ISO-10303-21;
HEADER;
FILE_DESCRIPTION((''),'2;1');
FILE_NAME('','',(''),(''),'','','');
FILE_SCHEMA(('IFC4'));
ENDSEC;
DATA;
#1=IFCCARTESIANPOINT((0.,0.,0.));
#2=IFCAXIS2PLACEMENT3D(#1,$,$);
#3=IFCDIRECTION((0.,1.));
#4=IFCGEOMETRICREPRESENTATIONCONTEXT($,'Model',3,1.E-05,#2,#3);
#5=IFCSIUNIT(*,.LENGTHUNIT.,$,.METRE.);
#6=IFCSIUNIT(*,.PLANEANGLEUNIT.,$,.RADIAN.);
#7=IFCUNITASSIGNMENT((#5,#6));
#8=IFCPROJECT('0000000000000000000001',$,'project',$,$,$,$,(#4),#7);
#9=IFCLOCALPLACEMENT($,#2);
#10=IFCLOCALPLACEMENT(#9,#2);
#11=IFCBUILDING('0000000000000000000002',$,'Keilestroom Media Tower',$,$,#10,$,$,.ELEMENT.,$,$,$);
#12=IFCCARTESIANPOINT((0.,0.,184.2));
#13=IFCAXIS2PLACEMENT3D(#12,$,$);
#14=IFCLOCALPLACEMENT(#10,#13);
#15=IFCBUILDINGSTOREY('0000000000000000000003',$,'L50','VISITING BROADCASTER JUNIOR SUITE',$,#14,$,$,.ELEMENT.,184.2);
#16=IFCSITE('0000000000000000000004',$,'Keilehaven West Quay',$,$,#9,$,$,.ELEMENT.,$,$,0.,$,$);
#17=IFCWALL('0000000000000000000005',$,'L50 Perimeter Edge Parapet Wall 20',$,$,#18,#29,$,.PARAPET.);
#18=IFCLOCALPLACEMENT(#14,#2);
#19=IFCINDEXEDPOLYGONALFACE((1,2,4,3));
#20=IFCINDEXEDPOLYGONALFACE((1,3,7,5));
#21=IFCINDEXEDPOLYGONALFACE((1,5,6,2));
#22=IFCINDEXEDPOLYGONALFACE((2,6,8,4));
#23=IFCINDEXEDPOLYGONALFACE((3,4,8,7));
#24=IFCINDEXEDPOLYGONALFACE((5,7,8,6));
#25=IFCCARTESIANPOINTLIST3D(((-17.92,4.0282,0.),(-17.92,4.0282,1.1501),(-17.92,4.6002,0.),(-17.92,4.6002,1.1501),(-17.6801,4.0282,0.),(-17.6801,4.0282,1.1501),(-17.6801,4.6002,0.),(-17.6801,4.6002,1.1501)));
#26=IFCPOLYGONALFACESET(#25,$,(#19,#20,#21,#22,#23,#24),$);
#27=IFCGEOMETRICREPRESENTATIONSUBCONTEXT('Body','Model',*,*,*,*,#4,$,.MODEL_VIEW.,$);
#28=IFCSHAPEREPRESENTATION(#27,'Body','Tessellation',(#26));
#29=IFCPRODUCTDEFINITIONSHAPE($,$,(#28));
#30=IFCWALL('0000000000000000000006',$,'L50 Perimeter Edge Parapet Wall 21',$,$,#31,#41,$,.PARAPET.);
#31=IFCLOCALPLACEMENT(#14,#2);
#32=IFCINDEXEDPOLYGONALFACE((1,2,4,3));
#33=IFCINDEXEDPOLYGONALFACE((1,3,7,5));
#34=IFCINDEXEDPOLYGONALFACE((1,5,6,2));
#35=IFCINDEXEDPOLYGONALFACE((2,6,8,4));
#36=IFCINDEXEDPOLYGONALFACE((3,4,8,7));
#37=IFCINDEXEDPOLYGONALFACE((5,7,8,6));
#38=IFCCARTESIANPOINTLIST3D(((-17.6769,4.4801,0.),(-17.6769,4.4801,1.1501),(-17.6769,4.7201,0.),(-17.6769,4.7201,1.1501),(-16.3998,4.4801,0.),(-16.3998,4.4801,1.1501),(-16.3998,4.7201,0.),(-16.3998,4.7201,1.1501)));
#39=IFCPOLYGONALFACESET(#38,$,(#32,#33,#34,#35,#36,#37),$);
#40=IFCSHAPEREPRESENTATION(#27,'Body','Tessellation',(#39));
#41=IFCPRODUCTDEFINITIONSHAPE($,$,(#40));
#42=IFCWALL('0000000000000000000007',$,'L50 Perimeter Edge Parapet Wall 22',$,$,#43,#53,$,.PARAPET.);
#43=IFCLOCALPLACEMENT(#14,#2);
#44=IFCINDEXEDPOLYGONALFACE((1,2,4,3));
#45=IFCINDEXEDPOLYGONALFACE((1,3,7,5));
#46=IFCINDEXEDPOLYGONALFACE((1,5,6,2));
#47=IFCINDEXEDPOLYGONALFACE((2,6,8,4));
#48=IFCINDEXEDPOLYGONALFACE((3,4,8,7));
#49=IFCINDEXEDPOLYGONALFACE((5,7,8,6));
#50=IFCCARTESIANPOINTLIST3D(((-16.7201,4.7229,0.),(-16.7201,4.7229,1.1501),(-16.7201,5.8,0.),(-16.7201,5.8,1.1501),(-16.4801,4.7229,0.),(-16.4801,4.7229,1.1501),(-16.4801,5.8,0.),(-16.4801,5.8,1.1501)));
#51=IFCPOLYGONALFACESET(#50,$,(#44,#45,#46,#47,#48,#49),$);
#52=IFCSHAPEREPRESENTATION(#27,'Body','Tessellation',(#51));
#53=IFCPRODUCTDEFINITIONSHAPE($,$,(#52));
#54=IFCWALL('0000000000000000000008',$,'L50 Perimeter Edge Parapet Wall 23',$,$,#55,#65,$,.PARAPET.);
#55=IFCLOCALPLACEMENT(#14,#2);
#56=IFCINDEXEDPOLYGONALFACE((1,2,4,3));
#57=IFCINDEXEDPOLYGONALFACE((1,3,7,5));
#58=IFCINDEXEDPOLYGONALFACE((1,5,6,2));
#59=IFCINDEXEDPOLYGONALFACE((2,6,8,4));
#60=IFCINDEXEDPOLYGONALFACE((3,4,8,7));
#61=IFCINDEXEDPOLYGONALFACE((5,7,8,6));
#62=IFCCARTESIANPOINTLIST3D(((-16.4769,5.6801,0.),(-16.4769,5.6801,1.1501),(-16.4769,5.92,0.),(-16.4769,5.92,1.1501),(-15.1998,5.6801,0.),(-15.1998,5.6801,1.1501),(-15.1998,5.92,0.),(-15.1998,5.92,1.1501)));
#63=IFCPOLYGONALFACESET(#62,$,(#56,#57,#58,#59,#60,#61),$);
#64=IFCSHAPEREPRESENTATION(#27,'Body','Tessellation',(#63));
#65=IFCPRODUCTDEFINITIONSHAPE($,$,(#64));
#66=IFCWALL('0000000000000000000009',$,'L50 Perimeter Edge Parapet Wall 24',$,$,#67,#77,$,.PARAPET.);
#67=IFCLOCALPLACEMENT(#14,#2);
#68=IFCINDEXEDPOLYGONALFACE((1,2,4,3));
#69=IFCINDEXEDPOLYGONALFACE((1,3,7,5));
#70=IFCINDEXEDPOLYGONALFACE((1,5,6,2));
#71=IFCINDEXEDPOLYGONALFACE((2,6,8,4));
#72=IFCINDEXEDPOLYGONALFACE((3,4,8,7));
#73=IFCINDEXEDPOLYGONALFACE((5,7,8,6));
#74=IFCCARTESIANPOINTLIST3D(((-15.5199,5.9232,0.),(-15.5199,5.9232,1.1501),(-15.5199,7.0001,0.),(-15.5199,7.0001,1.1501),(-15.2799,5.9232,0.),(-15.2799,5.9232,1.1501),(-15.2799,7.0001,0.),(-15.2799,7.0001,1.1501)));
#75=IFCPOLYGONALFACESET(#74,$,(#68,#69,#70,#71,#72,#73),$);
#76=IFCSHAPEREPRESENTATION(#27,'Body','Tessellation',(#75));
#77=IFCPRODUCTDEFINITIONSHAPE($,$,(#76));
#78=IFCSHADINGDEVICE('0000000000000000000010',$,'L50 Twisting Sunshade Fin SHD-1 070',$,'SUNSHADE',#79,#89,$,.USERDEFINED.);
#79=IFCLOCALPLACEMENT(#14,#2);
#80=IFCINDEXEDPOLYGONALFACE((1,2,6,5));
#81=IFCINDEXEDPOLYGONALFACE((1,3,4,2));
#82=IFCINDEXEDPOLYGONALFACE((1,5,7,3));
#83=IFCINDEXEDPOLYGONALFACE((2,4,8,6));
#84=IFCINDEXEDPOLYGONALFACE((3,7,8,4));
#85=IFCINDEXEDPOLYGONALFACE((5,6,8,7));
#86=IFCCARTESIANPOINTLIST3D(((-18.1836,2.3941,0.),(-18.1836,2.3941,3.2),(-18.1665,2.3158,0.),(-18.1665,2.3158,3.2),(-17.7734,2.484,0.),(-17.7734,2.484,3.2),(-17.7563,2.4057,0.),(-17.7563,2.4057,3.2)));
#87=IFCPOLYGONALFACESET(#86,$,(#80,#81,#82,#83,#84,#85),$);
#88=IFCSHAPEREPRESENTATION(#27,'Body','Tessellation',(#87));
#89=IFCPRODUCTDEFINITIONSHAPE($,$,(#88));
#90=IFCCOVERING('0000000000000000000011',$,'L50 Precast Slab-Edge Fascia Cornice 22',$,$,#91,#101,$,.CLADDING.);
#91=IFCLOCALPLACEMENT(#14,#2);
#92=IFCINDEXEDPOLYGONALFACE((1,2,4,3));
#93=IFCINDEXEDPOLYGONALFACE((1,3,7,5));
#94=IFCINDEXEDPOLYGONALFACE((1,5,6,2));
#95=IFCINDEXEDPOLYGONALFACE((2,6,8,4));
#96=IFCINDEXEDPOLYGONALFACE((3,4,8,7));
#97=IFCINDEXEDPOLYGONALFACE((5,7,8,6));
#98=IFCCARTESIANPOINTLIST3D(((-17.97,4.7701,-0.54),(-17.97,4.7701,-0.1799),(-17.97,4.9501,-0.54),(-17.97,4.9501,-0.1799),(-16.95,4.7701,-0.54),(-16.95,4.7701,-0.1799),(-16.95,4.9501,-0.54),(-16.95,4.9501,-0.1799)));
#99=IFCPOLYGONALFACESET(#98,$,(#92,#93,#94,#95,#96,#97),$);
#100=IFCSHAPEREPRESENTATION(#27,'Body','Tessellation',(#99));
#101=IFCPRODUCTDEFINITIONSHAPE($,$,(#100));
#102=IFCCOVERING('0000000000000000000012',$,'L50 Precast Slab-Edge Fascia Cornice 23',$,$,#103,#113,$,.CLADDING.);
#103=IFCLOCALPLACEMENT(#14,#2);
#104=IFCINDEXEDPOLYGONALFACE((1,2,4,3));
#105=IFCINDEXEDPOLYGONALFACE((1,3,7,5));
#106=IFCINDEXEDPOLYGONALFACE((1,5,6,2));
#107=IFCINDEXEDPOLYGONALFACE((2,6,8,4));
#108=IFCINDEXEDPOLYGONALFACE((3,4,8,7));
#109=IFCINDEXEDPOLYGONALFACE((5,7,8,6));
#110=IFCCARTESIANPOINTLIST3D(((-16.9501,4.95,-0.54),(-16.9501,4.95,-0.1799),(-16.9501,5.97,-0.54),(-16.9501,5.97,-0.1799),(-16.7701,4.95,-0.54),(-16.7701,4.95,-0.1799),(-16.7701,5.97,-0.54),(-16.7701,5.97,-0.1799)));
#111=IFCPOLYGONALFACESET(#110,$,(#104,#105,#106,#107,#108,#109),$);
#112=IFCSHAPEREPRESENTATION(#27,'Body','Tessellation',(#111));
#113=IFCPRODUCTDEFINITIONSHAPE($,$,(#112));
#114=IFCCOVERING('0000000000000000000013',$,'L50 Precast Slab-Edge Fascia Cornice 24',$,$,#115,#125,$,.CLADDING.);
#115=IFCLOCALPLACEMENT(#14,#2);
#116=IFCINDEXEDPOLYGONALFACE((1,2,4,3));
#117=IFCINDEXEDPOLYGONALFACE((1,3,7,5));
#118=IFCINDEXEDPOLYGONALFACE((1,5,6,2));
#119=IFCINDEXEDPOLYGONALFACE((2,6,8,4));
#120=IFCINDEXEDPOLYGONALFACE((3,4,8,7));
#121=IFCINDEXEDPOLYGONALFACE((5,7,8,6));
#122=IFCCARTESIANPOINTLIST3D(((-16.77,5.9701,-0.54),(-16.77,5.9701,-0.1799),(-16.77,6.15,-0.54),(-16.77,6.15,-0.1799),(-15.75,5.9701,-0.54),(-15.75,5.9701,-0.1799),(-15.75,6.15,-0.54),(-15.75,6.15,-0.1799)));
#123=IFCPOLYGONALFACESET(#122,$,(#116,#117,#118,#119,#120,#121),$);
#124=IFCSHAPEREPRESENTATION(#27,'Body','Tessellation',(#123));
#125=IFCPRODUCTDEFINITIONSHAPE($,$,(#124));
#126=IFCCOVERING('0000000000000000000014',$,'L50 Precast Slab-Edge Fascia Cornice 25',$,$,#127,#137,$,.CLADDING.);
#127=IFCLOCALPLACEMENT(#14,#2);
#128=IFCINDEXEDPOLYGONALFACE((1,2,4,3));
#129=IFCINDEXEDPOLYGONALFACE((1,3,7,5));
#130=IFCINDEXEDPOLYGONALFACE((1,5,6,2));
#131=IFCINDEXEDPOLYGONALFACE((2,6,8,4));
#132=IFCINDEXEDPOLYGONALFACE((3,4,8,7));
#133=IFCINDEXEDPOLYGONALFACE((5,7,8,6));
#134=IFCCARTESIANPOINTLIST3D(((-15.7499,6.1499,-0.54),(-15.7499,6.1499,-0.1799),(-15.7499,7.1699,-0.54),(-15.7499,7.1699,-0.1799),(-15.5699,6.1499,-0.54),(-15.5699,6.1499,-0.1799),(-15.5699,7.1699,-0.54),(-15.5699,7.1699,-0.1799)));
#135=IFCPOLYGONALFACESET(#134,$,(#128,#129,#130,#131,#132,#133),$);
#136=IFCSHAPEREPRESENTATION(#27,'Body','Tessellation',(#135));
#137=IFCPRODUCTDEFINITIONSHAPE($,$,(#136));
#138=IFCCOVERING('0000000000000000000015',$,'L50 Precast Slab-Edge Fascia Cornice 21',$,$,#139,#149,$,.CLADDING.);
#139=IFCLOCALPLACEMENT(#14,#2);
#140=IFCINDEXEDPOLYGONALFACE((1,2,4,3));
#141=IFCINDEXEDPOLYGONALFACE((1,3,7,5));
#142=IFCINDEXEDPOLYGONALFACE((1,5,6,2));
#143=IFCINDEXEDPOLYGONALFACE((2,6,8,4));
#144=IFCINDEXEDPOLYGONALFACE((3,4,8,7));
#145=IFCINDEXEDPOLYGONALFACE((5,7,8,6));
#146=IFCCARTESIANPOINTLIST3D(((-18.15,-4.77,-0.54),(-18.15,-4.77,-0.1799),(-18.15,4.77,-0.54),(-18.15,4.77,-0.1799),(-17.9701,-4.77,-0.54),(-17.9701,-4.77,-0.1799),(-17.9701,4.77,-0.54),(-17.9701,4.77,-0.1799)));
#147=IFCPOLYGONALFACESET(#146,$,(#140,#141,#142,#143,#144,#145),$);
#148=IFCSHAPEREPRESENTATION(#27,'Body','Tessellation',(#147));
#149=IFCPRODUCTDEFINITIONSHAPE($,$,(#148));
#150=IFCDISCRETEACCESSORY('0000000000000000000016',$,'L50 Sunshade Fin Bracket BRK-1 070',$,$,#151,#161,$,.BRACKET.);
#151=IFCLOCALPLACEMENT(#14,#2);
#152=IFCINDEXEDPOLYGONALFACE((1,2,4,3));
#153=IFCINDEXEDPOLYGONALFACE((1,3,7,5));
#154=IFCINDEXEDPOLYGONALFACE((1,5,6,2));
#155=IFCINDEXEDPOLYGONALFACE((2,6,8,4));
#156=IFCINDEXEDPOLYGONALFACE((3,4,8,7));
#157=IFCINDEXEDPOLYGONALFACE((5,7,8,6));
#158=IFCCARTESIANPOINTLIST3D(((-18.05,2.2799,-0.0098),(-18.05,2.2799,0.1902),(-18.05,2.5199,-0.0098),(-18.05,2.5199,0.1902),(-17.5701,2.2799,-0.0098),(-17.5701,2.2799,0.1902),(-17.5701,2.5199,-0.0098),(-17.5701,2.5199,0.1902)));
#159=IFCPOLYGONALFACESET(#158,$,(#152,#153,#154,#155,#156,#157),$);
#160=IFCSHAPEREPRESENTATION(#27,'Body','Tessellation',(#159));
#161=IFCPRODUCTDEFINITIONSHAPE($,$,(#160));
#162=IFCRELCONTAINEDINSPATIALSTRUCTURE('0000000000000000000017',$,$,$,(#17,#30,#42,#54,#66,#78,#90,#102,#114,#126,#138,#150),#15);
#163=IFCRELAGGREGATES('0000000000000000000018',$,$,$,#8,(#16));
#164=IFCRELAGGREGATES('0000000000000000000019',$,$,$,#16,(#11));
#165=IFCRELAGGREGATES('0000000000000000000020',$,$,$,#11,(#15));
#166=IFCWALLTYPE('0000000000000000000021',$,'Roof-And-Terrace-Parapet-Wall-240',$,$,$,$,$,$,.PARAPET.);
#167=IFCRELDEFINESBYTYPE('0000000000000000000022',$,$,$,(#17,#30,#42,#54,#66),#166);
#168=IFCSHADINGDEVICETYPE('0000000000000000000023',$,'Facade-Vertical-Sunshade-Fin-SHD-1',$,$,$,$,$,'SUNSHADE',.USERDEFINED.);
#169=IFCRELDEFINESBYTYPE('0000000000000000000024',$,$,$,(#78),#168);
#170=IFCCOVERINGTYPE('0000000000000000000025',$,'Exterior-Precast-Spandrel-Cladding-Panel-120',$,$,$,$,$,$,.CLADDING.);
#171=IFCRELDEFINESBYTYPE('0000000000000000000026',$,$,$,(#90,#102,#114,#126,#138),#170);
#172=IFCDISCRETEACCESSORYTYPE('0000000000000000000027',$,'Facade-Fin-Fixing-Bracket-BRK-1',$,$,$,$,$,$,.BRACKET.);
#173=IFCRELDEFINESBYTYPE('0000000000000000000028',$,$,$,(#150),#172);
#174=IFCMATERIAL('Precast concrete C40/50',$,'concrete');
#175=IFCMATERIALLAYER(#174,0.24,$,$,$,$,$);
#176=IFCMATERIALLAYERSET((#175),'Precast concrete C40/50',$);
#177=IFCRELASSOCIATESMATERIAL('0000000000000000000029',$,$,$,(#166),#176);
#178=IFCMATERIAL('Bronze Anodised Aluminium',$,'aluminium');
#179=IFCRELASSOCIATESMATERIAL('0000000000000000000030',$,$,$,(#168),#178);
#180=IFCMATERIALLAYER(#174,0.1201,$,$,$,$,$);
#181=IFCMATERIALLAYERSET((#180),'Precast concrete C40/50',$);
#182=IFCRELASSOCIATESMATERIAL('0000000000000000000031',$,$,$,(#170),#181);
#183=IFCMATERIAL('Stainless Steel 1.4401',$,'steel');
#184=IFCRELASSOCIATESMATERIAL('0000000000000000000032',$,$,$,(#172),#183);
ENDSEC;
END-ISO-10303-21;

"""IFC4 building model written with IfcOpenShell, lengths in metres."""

from ifc_helpers import new_model, si_unit, direction, frame, frame_2d, origin, origin_2d, place, context, subcontext, project, spatial, rectangle, extrude, source, transform, mapped, material, layer, layer_set, type_object, element, save


model = new_model("IFC4")

# Units and contexts
model_context = context("Model", 3, precision=1e-05, world=origin(), true_north=direction((0.0, 1.0)))
body_context = subcontext(model_context, "Body", "Model", "MODEL_VIEW")
ifc_project = project(units=[si_unit("LENGTHUNIT", "METRE"), si_unit("PLANEANGLEUNIT", "RADIAN")], contexts=[model_context])

# Site, building, storey
site_placement = place(None, origin())
site = spatial("IfcSite", under=ifc_project, at=site_placement, Name="Keilehaven West Quay", CompositionType="ELEMENT", RefElevation=0.0)
building_placement = place(site_placement, origin())
building = spatial("IfcBuilding", under=site, at=building_placement, Name="Keilestroom Media Tower", CompositionType="ELEMENT")
storey_placement = place(building_placement, frame((0.0, 0.0, 184.2)))
storey = spatial("IfcBuildingStorey", under=building, at=storey_placement, Name="L50", Description="VISITING BROADCASTER JUNIOR SUITE", CompositionType="ELEMENT", Elevation=184.2)

# Shared definitions
ifc_material_1 = material(Name="Precast concrete C40/50", Category="concrete")

# Walls
ifc_layer_1 = layer(ifc_material_1, 0.24)
ifc_layer_set_1 = layer_set([ifc_layer_1], Name="Precast concrete C40/50")
wall_type_1 = type_object("IfcWallType", Name="Roof-And-Terrace-Parapet-Wall-240", PredefinedType="PARAPET", material=ifc_layer_set_1)
wall_1_placement = place(storey_placement, frame((-17.8, 4.0281, 0.0), z_axis=(0.0, 0.0, 1.0), x_axis=(0.0, 1.0, 0.0)))
element("IfcWall", 1, at=wall_1_placement, inside=storey, type_object=wall_type_1, Name="L50 Perimeter Edge Parapet Wall 20", PredefinedType="PARAPET", context=body_context, shape_type="SweptSolid", body=[
    extrude(rectangle(XDim=0.572, YDim=0.24, at=frame_2d((0.2861, 0.0))), origin(), (0.0, 0.0, 1.0), 1.1501),
])
wall_2_placement = place(storey_placement, frame((-17.677, 4.6001, 0.0), z_axis=(0.0, 0.0, 1.0), x_axis=(1.0, 0.0, 0.0)))
element("IfcWall", 2, at=wall_2_placement, inside=storey, type_object=wall_type_1, Name="L50 Perimeter Edge Parapet Wall 21", PredefinedType="PARAPET", context=body_context, shape_type="SweptSolid", body=[
    extrude(rectangle(XDim=1.2771, YDim=0.24, at=frame_2d((0.6387, 0.0))), origin(), (0.0, 0.0, 1.0), 1.1501),
])
wall_3_placement = place(storey_placement, frame((-16.6001, 4.7229, 0.0), z_axis=(0.0, 0.0, 1.0), x_axis=(0.0, 1.0, 0.0)))
element("IfcWall", 3, at=wall_3_placement, inside=storey, type_object=wall_type_1, Name="L50 Perimeter Edge Parapet Wall 22", PredefinedType="PARAPET", context=body_context, shape_type="SweptSolid", body=[
    extrude(rectangle(XDim=1.0771, YDim=0.24, at=frame_2d((0.5386, 0.0))), origin(), (0.0, 0.0, 1.0), 1.1501),
])
wall_4_placement = place(storey_placement, frame((-16.4771, 5.8, 0.0), z_axis=(0.0, 0.0, 1.0), x_axis=(1.0, 0.0, 0.0)))
element("IfcWall", 4, at=wall_4_placement, inside=storey, type_object=wall_type_1, Name="L50 Perimeter Edge Parapet Wall 23", PredefinedType="PARAPET", context=body_context, shape_type="SweptSolid", body=[
    extrude(rectangle(XDim=1.2771, YDim=0.24, at=frame_2d((0.6387, 0.0))), origin(), (0.0, 0.0, 1.0), 1.1501),
])
wall_5_placement = place(storey_placement, frame((-15.3999, 5.9231, 0.0), z_axis=(0.0, 0.0, 1.0), x_axis=(0.0, 1.0, 0.0)))
element("IfcWall", 5, at=wall_5_placement, inside=storey, type_object=wall_type_1, Name="L50 Perimeter Edge Parapet Wall 24", PredefinedType="PARAPET", context=body_context, shape_type="SweptSolid", body=[
    extrude(rectangle(XDim=1.0769, YDim=0.24, at=frame_2d((0.5386, 0.0))), origin(), (0.0, 0.0, 1.0), 1.1501),
])

# Shading device
ifc_material_2 = material(Name="Bronze Anodised Aluminium", Category="aluminium")
shading_device_type = type_object("IfcShadingDeviceType", Name="Facade-Vertical-Sunshade-Fin-SHD-1", ElementType="SUNSHADE", PredefinedType="USERDEFINED", material=ifc_material_2)
shared_shape_1 = source(origin(), body_context, "Body", "SweptSolid", [
    extrude(rectangle(XDim=0.4199, YDim=0.0801, at=origin_2d()), origin(), (0.0, 0.0, 1.0), 3.2),
])
shading_device_placement = place(storey_placement, frame((-17.97, 2.3999, 0.0), z_axis=(0.0, 0.0, 1.0), x_axis=(0.976822, 0.214053, 0.0)))
element("IfcShadingDevice", 6, at=shading_device_placement, inside=storey, type_object=shading_device_type, Name="L50 Twisting Sunshade Fin SHD-1 070", ObjectType="SUNSHADE", PredefinedType="USERDEFINED", context=body_context, shape_type="MappedRepresentation", body=[
    mapped(shared_shape_1, transform((0.0, 0.0, 0.0), x_axis=(1.0, 0.0, 0.0), y_axis=(0.0, 1.0, 0.0), z_axis=(0.0, 0.0, 1.0), scale=1.0)),
])

# Coverings
ifc_layer_2 = layer(ifc_material_1, 0.1201)
ifc_layer_set_2 = layer_set([ifc_layer_2], Name="Precast concrete C40/50")
covering_type = type_object("IfcCoveringType", Name="Exterior-Precast-Spandrel-Cladding-Panel-120", PredefinedType="CLADDING", material=ifc_layer_set_2)
shared_shape_2 = source(origin(), body_context, "Body", "SweptSolid", [
    extrude(rectangle(XDim=1.02, YDim=0.1799, at=origin_2d()), origin(), (0.0, 0.0, 1.0), 0.3601),
])
for number, where, z_axis, x_axis, name in (
    (7, (-17.46, 4.8601, -0.54), (0.0, 0.0, 1.0), (1.0, 0.0, 0.0), "L50 Precast Slab-Edge Fascia Cornice 22"),
    (8, (-16.8601, 5.46, -0.54), (0.0, 0.0, 1.0), (0.0, 1.0, 0.0), "L50 Precast Slab-Edge Fascia Cornice 23"),
    (9, (-16.26, 6.0601, -0.54), (0.0, 0.0, 1.0), (1.0, 0.0, 0.0), "L50 Precast Slab-Edge Fascia Cornice 24"),
    (10, (-15.6599, 6.6599, -0.54), (0.0, 0.0, 1.0), (0.0, 1.0, 0.0), "L50 Precast Slab-Edge Fascia Cornice 25"),
):
    element("IfcCovering", number, at=place(storey_placement, frame(where, z_axis=z_axis, x_axis=x_axis)), inside=storey, type_object=covering_type, Name=name, PredefinedType="CLADDING", context=body_context, shape_type="MappedRepresentation", body=[
        mapped(shared_shape_2, transform((0.0, 0.0, 0.0), x_axis=(1.0, 0.0, 0.0), y_axis=(0.0, 1.0, 0.0), z_axis=(0.0, 0.0, 1.0), scale=1.0)),
    ])
shared_shape_3 = source(origin(), body_context, "Body", "SweptSolid", [
    extrude(rectangle(XDim=9.54, YDim=0.1799, at=origin_2d()), origin(), (0.0, 0.0, 1.0), 0.3601),
])
covering_placement = place(storey_placement, frame((-18.0601, 0.0, -0.54), z_axis=(0.0, 0.0, 1.0), x_axis=(0.0, 1.0, 0.0)))
element("IfcCovering", 11, at=covering_placement, inside=storey, type_object=covering_type, Name="L50 Precast Slab-Edge Fascia Cornice 21", PredefinedType="CLADDING", context=body_context, shape_type="MappedRepresentation", body=[
    mapped(shared_shape_3, transform((0.0, 0.0, 0.0), x_axis=(1.0, 0.0, 0.0), y_axis=(0.0, 1.0, 0.0), z_axis=(0.0, 0.0, 1.0), scale=1.0)),
])

# Discrete accessory
ifc_material_3 = material(Name="Stainless Steel 1.4401", Category="steel")
discrete_accessory_type = type_object("IfcDiscreteAccessoryType", Name="Facade-Fin-Fixing-Bracket-BRK-1", PredefinedType="BRACKET", material=ifc_material_3)
shared_shape_4 = source(origin(), body_context, "Body", "SweptSolid", [
    extrude(rectangle(XDim=0.48, YDim=0.24, at=origin_2d()), origin(), (0.0, 0.0, 1.0), 0.2),
])
discrete_accessory_placement = place(storey_placement, frame((-17.8101, 2.3999, -0.0098), z_axis=(0.0, 0.0, 1.0), x_axis=(1.0, 0.0, 0.0)))
element("IfcDiscreteAccessory", 12, at=discrete_accessory_placement, inside=storey, type_object=discrete_accessory_type, Name="L50 Sunshade Fin Bracket BRK-1 070", PredefinedType="BRACKET", context=body_context, shape_type="MappedRepresentation", body=[
    mapped(shared_shape_4, transform((0.0, 0.0, 0.0), x_axis=(1.0, 0.0, 0.0), y_axis=(0.0, 1.0, 0.0), z_axis=(0.0, 0.0, 1.0), scale=1.0)),
])

save(model, "model.ifc")
